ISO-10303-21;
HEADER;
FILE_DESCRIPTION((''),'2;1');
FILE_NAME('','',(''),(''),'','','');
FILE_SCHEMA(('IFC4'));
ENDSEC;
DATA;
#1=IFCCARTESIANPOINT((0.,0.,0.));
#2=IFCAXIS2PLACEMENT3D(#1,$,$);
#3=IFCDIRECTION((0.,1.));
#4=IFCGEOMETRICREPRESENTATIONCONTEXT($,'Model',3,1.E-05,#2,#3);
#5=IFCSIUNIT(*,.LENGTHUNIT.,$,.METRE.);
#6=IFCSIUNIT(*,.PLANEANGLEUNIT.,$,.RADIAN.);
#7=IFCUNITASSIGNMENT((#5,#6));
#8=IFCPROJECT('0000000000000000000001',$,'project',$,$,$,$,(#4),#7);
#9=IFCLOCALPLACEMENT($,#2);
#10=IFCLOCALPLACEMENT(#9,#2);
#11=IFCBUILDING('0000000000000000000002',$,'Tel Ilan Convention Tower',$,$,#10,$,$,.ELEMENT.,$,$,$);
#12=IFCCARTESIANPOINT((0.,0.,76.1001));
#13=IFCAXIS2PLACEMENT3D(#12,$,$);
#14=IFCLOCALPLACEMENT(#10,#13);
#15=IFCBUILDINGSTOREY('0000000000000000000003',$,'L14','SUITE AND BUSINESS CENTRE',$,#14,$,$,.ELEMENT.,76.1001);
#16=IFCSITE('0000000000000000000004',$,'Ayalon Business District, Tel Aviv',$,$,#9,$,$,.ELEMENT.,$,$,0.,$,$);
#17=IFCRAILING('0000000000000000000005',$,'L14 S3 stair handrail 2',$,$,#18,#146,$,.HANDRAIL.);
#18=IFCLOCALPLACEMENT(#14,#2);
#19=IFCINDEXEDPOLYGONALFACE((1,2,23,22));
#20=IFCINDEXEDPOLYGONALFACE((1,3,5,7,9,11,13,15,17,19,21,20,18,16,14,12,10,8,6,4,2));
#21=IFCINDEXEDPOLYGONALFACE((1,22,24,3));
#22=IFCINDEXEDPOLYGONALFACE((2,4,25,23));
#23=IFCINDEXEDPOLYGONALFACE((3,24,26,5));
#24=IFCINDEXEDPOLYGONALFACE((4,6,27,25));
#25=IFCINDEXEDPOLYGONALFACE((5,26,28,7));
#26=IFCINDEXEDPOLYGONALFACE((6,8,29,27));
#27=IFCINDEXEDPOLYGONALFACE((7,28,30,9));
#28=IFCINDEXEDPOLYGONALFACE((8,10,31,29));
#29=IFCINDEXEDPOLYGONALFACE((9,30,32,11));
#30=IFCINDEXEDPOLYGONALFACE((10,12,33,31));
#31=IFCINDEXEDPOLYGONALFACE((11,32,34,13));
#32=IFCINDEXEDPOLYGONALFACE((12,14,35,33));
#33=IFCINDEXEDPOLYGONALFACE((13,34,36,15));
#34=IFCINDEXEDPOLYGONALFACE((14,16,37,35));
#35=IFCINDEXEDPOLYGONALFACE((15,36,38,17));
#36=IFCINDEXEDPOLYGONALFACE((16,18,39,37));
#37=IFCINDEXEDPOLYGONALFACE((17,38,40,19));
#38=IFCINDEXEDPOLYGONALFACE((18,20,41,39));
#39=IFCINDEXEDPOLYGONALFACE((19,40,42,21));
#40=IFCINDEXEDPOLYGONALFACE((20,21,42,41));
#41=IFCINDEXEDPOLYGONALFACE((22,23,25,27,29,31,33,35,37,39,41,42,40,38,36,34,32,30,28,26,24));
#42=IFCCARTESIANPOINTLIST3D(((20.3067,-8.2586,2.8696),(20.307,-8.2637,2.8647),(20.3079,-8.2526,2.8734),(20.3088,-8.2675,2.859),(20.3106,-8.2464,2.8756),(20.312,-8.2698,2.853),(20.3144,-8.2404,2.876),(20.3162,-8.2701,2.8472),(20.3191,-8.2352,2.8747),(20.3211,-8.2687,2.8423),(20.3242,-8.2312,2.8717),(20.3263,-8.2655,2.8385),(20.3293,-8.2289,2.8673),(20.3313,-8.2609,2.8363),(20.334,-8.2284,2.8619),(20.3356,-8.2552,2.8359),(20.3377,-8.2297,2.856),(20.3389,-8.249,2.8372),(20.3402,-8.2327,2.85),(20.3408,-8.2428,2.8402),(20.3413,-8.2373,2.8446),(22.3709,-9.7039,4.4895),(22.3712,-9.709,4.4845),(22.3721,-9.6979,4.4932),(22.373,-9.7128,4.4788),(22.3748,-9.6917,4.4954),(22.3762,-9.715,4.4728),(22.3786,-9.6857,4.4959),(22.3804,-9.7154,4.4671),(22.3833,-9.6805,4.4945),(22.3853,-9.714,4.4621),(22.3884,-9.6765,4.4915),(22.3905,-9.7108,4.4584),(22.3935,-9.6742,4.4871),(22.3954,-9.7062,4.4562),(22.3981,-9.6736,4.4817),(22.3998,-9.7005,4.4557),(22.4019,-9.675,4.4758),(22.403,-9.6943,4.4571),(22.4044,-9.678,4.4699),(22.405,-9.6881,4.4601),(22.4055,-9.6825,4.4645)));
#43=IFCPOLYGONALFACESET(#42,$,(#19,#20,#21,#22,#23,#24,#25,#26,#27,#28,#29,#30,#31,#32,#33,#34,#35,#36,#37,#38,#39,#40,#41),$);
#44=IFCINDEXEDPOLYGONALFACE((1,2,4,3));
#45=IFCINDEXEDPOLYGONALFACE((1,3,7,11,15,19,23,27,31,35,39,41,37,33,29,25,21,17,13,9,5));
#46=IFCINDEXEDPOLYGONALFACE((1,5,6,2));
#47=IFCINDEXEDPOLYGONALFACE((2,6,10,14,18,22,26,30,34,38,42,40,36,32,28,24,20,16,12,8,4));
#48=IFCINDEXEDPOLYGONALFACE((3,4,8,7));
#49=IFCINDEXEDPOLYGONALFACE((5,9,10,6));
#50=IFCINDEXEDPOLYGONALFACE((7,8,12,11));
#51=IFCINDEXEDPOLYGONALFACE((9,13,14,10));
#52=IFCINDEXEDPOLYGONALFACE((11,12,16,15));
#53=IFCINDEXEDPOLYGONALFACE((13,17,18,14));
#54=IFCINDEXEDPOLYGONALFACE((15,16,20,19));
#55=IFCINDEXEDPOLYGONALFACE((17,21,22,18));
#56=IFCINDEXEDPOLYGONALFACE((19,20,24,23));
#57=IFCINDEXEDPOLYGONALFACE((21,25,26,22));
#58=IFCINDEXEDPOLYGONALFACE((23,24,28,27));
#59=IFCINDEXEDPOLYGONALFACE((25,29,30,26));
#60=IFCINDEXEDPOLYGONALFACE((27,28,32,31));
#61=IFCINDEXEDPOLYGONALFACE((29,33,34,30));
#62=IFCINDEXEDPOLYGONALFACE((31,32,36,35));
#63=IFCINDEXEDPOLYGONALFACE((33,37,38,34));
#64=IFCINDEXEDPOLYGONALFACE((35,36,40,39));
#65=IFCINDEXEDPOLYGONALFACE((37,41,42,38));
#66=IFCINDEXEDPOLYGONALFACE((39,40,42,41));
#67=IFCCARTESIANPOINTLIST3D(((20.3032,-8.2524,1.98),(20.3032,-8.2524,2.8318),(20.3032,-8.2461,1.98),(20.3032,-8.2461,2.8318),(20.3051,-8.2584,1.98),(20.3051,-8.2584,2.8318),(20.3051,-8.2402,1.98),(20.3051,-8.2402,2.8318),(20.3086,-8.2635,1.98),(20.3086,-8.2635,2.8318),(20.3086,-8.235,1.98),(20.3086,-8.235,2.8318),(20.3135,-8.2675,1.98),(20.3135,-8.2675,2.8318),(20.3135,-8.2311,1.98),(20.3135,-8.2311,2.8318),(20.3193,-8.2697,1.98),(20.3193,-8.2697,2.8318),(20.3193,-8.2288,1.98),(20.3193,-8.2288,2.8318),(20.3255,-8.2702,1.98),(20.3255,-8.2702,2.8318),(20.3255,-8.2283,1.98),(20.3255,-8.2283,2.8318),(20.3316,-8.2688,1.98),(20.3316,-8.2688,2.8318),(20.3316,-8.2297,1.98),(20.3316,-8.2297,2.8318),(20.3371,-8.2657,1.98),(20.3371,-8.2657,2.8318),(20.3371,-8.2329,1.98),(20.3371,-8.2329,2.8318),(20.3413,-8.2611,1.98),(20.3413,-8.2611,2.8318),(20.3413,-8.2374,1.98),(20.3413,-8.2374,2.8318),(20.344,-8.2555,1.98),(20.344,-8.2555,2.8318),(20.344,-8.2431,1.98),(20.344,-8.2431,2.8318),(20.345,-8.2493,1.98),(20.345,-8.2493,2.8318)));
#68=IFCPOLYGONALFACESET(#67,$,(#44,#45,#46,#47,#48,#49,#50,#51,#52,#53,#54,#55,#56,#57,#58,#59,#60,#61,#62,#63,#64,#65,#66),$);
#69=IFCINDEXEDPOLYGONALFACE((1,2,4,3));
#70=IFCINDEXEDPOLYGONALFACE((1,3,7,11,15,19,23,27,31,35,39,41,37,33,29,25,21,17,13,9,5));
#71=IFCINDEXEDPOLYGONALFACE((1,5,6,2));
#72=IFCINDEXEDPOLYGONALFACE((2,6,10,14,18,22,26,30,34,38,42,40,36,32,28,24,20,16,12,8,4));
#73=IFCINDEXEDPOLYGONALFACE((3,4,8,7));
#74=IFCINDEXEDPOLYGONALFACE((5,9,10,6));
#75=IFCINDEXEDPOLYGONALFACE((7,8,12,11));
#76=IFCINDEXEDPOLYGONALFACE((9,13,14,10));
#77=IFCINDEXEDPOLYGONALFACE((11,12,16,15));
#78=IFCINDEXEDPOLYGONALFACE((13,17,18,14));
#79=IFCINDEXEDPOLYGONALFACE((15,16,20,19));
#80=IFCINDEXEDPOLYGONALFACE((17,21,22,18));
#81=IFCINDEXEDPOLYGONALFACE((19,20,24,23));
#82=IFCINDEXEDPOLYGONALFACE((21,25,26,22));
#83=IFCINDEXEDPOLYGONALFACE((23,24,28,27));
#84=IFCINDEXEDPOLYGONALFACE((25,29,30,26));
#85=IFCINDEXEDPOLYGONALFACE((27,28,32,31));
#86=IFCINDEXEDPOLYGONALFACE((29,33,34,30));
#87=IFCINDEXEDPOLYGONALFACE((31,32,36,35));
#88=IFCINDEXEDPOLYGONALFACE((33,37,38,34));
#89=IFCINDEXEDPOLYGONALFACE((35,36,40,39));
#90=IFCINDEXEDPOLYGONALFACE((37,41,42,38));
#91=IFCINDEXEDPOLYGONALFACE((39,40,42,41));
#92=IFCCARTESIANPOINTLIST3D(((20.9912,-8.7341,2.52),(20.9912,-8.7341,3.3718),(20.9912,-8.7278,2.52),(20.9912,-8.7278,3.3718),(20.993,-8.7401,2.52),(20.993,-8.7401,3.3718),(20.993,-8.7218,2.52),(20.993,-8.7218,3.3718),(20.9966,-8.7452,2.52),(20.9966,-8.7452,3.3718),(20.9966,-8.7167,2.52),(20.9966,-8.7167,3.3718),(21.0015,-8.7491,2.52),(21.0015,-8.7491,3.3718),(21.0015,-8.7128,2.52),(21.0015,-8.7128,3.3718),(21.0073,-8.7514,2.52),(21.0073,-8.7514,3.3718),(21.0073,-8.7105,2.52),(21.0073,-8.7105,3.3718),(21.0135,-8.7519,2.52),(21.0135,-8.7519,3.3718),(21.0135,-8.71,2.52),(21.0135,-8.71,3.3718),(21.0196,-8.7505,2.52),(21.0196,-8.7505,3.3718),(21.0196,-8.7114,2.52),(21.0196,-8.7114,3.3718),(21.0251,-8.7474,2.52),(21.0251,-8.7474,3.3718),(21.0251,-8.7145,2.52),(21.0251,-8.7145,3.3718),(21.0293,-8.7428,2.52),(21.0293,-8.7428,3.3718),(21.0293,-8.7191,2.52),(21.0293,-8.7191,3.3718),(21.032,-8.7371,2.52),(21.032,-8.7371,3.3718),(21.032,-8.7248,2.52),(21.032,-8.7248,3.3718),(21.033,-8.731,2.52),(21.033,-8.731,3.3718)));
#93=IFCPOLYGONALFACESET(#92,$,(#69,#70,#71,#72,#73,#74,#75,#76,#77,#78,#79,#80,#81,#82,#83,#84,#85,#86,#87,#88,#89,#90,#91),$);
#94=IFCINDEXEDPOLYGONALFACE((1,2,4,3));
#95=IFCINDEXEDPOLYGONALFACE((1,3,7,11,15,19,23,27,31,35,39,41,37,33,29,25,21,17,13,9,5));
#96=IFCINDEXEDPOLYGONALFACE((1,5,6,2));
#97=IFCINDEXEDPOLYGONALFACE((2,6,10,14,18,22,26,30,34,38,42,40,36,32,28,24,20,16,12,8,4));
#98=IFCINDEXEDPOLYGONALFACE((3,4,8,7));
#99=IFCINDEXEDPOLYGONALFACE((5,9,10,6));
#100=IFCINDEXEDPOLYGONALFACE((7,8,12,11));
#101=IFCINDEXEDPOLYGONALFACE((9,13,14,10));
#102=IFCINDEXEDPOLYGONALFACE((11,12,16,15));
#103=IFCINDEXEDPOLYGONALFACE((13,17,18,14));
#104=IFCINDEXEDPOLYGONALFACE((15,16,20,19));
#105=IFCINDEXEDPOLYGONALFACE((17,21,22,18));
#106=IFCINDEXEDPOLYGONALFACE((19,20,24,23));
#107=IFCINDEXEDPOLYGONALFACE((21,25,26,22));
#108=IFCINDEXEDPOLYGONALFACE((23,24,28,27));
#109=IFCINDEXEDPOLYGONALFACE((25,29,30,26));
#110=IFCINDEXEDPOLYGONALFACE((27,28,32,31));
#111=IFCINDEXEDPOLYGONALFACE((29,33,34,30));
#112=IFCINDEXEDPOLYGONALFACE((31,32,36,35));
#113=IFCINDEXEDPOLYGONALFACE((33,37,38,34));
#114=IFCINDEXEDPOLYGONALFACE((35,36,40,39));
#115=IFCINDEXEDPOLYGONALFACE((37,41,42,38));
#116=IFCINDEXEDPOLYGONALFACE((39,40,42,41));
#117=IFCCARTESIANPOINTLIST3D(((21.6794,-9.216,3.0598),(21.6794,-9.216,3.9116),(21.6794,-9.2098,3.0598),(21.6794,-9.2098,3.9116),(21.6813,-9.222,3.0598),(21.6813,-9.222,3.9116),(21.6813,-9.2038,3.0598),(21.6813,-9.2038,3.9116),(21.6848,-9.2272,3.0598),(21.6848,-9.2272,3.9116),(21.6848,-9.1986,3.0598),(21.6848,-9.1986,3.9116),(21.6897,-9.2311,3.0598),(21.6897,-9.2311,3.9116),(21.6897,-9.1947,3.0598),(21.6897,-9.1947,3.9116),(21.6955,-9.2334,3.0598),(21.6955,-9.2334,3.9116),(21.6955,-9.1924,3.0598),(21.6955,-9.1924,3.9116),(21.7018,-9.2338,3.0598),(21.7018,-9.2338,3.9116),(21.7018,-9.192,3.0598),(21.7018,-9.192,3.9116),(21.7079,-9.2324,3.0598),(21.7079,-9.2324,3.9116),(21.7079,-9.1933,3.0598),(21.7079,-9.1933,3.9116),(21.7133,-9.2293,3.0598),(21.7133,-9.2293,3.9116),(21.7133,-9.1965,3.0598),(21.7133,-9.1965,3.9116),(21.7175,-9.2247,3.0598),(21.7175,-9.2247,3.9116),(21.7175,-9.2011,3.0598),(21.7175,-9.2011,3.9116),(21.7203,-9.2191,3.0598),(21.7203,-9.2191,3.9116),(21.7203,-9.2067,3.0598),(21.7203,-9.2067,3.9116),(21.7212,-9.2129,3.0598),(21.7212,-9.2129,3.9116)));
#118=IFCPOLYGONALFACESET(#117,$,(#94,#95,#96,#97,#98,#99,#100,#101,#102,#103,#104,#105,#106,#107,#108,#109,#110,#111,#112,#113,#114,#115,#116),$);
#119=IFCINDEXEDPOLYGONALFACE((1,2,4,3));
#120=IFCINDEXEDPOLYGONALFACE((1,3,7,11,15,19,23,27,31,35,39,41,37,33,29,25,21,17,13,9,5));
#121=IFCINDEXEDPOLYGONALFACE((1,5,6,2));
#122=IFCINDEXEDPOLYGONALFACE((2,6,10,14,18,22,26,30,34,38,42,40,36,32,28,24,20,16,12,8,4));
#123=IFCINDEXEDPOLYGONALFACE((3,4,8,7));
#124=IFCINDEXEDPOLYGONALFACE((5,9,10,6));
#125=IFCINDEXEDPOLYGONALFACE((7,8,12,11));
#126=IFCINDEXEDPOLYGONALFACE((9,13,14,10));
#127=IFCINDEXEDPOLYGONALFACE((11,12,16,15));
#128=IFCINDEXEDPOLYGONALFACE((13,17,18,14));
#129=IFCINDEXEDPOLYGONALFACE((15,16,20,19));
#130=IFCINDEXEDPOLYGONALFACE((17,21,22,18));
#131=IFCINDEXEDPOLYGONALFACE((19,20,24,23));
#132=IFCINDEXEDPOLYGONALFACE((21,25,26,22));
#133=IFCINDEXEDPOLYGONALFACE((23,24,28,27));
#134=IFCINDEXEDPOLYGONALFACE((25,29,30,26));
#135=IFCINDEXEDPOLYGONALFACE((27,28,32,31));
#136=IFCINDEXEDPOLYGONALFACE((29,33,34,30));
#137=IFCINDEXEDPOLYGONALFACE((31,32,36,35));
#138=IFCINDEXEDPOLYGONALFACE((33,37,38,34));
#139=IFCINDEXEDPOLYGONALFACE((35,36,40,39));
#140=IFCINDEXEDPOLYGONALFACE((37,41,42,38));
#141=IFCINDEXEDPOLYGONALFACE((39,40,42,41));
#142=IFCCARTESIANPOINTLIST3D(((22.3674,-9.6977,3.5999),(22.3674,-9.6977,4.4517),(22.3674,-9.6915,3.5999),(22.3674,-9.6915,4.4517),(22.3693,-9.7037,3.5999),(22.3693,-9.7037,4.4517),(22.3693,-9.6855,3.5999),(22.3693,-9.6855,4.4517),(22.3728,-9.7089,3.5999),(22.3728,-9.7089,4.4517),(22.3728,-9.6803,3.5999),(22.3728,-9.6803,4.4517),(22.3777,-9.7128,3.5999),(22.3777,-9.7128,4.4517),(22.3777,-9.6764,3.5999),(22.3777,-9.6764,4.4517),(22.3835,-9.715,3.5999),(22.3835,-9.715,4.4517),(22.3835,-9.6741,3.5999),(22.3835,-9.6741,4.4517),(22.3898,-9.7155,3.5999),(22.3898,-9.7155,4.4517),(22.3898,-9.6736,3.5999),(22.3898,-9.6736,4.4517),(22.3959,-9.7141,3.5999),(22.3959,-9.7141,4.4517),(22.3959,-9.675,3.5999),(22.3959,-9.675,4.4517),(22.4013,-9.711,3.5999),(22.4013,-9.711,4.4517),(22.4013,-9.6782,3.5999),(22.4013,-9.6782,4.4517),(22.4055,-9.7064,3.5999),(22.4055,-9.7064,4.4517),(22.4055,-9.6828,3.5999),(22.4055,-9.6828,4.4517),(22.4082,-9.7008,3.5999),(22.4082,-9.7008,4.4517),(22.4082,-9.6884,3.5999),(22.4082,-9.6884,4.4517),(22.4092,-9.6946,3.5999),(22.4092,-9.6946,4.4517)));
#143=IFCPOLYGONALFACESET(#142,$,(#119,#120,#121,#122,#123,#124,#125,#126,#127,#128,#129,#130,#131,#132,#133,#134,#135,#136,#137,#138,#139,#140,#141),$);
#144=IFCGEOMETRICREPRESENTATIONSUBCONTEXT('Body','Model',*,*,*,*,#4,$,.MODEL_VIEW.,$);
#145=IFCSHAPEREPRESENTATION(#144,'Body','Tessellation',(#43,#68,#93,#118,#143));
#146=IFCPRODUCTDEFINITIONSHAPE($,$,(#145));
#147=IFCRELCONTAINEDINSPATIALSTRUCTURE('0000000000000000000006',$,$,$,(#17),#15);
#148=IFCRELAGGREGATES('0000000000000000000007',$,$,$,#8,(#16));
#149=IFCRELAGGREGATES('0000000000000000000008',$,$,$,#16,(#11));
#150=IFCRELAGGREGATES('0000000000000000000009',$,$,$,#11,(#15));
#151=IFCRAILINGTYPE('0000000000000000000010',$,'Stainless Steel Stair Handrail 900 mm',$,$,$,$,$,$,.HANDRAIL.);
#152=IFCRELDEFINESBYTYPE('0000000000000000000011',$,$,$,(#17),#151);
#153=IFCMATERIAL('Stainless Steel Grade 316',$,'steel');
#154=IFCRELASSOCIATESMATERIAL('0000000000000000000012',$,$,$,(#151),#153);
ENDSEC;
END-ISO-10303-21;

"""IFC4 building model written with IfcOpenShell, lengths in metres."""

from ifc_helpers import new_model, si_unit, direction, frame, origin, origin_2d, place, context, subcontext, project, spatial, circle, extrude, material, type_object, element, save


model = new_model("IFC4")

# Units and contexts
model_context = context("Model", 3, precision=1e-05, world=origin(), true_north=direction((0.0, 1.0)))
body_context = subcontext(model_context, "Body", "Model", "MODEL_VIEW")
ifc_project = project(units=[si_unit("LENGTHUNIT", "METRE"), si_unit("PLANEANGLEUNIT", "RADIAN")], contexts=[model_context])

# Site, building, storey
site_placement = place(None, origin())
site = spatial("IfcSite", under=ifc_project, at=site_placement, Name="Ayalon Business District, Tel Aviv", CompositionType="ELEMENT", RefElevation=0.0)
building_placement = place(site_placement, origin())
building = spatial("IfcBuilding", under=site, at=building_placement, Name="Tel Ilan Convention Tower", CompositionType="ELEMENT")
storey_placement = place(building_placement, frame((0.0, 0.0, 76.1001)))
storey = spatial("IfcBuildingStorey", under=building, at=storey_placement, Name="L14", Description="SUITE AND BUSINESS CENTRE", CompositionType="ELEMENT", Elevation=76.1001)

# Railing
ifc_material_1 = material(Name="Stainless Steel Grade 316", Category="steel")
railing_type_1 = type_object("IfcRailingType", Name="Stainless Steel Stair Handrail 900 mm", PredefinedType="HANDRAIL", material=ifc_material_1)
railing_1_placement = place(storey_placement, frame((20.324, -8.2493, 1.98)))
element("IfcRailing", 1, at=railing_1_placement, inside=storey, type_object=railing_type_1, Name="L14 S3 stair handrail 2", PredefinedType="HANDRAIL", context=body_context, shape_type="SweptSolid", body=[
    extrude(circle(Radius=0.0239, at=origin_2d()), frame((0.0, 0.0, 0.876), z_axis=(0.68907, -0.482472, 0.540743), x_axis=(0.57356, 0.819164, 0.0)), (0.0, 0.0, 1.0), 2.9956),
    extrude(circle(Radius=0.021, at=origin_2d()), origin(), (0.0, 0.0, 1.0), 0.8518),
    extrude(circle(Radius=0.021, at=origin_2d()), frame((0.688, -0.4817, 0.54)), (0.0, 0.0, 1.0), 0.8518),
    extrude(circle(Radius=0.021, at=origin_2d()), frame((1.3762, -0.9636, 1.0798)), (0.0, 0.0, 1.0), 0.8518),
    extrude(circle(Radius=0.021, at=origin_2d()), frame((2.0642, -1.4453, 1.6199)), (0.0, 0.0, 1.0), 0.8518),
])

save(model, "model.ifc")
